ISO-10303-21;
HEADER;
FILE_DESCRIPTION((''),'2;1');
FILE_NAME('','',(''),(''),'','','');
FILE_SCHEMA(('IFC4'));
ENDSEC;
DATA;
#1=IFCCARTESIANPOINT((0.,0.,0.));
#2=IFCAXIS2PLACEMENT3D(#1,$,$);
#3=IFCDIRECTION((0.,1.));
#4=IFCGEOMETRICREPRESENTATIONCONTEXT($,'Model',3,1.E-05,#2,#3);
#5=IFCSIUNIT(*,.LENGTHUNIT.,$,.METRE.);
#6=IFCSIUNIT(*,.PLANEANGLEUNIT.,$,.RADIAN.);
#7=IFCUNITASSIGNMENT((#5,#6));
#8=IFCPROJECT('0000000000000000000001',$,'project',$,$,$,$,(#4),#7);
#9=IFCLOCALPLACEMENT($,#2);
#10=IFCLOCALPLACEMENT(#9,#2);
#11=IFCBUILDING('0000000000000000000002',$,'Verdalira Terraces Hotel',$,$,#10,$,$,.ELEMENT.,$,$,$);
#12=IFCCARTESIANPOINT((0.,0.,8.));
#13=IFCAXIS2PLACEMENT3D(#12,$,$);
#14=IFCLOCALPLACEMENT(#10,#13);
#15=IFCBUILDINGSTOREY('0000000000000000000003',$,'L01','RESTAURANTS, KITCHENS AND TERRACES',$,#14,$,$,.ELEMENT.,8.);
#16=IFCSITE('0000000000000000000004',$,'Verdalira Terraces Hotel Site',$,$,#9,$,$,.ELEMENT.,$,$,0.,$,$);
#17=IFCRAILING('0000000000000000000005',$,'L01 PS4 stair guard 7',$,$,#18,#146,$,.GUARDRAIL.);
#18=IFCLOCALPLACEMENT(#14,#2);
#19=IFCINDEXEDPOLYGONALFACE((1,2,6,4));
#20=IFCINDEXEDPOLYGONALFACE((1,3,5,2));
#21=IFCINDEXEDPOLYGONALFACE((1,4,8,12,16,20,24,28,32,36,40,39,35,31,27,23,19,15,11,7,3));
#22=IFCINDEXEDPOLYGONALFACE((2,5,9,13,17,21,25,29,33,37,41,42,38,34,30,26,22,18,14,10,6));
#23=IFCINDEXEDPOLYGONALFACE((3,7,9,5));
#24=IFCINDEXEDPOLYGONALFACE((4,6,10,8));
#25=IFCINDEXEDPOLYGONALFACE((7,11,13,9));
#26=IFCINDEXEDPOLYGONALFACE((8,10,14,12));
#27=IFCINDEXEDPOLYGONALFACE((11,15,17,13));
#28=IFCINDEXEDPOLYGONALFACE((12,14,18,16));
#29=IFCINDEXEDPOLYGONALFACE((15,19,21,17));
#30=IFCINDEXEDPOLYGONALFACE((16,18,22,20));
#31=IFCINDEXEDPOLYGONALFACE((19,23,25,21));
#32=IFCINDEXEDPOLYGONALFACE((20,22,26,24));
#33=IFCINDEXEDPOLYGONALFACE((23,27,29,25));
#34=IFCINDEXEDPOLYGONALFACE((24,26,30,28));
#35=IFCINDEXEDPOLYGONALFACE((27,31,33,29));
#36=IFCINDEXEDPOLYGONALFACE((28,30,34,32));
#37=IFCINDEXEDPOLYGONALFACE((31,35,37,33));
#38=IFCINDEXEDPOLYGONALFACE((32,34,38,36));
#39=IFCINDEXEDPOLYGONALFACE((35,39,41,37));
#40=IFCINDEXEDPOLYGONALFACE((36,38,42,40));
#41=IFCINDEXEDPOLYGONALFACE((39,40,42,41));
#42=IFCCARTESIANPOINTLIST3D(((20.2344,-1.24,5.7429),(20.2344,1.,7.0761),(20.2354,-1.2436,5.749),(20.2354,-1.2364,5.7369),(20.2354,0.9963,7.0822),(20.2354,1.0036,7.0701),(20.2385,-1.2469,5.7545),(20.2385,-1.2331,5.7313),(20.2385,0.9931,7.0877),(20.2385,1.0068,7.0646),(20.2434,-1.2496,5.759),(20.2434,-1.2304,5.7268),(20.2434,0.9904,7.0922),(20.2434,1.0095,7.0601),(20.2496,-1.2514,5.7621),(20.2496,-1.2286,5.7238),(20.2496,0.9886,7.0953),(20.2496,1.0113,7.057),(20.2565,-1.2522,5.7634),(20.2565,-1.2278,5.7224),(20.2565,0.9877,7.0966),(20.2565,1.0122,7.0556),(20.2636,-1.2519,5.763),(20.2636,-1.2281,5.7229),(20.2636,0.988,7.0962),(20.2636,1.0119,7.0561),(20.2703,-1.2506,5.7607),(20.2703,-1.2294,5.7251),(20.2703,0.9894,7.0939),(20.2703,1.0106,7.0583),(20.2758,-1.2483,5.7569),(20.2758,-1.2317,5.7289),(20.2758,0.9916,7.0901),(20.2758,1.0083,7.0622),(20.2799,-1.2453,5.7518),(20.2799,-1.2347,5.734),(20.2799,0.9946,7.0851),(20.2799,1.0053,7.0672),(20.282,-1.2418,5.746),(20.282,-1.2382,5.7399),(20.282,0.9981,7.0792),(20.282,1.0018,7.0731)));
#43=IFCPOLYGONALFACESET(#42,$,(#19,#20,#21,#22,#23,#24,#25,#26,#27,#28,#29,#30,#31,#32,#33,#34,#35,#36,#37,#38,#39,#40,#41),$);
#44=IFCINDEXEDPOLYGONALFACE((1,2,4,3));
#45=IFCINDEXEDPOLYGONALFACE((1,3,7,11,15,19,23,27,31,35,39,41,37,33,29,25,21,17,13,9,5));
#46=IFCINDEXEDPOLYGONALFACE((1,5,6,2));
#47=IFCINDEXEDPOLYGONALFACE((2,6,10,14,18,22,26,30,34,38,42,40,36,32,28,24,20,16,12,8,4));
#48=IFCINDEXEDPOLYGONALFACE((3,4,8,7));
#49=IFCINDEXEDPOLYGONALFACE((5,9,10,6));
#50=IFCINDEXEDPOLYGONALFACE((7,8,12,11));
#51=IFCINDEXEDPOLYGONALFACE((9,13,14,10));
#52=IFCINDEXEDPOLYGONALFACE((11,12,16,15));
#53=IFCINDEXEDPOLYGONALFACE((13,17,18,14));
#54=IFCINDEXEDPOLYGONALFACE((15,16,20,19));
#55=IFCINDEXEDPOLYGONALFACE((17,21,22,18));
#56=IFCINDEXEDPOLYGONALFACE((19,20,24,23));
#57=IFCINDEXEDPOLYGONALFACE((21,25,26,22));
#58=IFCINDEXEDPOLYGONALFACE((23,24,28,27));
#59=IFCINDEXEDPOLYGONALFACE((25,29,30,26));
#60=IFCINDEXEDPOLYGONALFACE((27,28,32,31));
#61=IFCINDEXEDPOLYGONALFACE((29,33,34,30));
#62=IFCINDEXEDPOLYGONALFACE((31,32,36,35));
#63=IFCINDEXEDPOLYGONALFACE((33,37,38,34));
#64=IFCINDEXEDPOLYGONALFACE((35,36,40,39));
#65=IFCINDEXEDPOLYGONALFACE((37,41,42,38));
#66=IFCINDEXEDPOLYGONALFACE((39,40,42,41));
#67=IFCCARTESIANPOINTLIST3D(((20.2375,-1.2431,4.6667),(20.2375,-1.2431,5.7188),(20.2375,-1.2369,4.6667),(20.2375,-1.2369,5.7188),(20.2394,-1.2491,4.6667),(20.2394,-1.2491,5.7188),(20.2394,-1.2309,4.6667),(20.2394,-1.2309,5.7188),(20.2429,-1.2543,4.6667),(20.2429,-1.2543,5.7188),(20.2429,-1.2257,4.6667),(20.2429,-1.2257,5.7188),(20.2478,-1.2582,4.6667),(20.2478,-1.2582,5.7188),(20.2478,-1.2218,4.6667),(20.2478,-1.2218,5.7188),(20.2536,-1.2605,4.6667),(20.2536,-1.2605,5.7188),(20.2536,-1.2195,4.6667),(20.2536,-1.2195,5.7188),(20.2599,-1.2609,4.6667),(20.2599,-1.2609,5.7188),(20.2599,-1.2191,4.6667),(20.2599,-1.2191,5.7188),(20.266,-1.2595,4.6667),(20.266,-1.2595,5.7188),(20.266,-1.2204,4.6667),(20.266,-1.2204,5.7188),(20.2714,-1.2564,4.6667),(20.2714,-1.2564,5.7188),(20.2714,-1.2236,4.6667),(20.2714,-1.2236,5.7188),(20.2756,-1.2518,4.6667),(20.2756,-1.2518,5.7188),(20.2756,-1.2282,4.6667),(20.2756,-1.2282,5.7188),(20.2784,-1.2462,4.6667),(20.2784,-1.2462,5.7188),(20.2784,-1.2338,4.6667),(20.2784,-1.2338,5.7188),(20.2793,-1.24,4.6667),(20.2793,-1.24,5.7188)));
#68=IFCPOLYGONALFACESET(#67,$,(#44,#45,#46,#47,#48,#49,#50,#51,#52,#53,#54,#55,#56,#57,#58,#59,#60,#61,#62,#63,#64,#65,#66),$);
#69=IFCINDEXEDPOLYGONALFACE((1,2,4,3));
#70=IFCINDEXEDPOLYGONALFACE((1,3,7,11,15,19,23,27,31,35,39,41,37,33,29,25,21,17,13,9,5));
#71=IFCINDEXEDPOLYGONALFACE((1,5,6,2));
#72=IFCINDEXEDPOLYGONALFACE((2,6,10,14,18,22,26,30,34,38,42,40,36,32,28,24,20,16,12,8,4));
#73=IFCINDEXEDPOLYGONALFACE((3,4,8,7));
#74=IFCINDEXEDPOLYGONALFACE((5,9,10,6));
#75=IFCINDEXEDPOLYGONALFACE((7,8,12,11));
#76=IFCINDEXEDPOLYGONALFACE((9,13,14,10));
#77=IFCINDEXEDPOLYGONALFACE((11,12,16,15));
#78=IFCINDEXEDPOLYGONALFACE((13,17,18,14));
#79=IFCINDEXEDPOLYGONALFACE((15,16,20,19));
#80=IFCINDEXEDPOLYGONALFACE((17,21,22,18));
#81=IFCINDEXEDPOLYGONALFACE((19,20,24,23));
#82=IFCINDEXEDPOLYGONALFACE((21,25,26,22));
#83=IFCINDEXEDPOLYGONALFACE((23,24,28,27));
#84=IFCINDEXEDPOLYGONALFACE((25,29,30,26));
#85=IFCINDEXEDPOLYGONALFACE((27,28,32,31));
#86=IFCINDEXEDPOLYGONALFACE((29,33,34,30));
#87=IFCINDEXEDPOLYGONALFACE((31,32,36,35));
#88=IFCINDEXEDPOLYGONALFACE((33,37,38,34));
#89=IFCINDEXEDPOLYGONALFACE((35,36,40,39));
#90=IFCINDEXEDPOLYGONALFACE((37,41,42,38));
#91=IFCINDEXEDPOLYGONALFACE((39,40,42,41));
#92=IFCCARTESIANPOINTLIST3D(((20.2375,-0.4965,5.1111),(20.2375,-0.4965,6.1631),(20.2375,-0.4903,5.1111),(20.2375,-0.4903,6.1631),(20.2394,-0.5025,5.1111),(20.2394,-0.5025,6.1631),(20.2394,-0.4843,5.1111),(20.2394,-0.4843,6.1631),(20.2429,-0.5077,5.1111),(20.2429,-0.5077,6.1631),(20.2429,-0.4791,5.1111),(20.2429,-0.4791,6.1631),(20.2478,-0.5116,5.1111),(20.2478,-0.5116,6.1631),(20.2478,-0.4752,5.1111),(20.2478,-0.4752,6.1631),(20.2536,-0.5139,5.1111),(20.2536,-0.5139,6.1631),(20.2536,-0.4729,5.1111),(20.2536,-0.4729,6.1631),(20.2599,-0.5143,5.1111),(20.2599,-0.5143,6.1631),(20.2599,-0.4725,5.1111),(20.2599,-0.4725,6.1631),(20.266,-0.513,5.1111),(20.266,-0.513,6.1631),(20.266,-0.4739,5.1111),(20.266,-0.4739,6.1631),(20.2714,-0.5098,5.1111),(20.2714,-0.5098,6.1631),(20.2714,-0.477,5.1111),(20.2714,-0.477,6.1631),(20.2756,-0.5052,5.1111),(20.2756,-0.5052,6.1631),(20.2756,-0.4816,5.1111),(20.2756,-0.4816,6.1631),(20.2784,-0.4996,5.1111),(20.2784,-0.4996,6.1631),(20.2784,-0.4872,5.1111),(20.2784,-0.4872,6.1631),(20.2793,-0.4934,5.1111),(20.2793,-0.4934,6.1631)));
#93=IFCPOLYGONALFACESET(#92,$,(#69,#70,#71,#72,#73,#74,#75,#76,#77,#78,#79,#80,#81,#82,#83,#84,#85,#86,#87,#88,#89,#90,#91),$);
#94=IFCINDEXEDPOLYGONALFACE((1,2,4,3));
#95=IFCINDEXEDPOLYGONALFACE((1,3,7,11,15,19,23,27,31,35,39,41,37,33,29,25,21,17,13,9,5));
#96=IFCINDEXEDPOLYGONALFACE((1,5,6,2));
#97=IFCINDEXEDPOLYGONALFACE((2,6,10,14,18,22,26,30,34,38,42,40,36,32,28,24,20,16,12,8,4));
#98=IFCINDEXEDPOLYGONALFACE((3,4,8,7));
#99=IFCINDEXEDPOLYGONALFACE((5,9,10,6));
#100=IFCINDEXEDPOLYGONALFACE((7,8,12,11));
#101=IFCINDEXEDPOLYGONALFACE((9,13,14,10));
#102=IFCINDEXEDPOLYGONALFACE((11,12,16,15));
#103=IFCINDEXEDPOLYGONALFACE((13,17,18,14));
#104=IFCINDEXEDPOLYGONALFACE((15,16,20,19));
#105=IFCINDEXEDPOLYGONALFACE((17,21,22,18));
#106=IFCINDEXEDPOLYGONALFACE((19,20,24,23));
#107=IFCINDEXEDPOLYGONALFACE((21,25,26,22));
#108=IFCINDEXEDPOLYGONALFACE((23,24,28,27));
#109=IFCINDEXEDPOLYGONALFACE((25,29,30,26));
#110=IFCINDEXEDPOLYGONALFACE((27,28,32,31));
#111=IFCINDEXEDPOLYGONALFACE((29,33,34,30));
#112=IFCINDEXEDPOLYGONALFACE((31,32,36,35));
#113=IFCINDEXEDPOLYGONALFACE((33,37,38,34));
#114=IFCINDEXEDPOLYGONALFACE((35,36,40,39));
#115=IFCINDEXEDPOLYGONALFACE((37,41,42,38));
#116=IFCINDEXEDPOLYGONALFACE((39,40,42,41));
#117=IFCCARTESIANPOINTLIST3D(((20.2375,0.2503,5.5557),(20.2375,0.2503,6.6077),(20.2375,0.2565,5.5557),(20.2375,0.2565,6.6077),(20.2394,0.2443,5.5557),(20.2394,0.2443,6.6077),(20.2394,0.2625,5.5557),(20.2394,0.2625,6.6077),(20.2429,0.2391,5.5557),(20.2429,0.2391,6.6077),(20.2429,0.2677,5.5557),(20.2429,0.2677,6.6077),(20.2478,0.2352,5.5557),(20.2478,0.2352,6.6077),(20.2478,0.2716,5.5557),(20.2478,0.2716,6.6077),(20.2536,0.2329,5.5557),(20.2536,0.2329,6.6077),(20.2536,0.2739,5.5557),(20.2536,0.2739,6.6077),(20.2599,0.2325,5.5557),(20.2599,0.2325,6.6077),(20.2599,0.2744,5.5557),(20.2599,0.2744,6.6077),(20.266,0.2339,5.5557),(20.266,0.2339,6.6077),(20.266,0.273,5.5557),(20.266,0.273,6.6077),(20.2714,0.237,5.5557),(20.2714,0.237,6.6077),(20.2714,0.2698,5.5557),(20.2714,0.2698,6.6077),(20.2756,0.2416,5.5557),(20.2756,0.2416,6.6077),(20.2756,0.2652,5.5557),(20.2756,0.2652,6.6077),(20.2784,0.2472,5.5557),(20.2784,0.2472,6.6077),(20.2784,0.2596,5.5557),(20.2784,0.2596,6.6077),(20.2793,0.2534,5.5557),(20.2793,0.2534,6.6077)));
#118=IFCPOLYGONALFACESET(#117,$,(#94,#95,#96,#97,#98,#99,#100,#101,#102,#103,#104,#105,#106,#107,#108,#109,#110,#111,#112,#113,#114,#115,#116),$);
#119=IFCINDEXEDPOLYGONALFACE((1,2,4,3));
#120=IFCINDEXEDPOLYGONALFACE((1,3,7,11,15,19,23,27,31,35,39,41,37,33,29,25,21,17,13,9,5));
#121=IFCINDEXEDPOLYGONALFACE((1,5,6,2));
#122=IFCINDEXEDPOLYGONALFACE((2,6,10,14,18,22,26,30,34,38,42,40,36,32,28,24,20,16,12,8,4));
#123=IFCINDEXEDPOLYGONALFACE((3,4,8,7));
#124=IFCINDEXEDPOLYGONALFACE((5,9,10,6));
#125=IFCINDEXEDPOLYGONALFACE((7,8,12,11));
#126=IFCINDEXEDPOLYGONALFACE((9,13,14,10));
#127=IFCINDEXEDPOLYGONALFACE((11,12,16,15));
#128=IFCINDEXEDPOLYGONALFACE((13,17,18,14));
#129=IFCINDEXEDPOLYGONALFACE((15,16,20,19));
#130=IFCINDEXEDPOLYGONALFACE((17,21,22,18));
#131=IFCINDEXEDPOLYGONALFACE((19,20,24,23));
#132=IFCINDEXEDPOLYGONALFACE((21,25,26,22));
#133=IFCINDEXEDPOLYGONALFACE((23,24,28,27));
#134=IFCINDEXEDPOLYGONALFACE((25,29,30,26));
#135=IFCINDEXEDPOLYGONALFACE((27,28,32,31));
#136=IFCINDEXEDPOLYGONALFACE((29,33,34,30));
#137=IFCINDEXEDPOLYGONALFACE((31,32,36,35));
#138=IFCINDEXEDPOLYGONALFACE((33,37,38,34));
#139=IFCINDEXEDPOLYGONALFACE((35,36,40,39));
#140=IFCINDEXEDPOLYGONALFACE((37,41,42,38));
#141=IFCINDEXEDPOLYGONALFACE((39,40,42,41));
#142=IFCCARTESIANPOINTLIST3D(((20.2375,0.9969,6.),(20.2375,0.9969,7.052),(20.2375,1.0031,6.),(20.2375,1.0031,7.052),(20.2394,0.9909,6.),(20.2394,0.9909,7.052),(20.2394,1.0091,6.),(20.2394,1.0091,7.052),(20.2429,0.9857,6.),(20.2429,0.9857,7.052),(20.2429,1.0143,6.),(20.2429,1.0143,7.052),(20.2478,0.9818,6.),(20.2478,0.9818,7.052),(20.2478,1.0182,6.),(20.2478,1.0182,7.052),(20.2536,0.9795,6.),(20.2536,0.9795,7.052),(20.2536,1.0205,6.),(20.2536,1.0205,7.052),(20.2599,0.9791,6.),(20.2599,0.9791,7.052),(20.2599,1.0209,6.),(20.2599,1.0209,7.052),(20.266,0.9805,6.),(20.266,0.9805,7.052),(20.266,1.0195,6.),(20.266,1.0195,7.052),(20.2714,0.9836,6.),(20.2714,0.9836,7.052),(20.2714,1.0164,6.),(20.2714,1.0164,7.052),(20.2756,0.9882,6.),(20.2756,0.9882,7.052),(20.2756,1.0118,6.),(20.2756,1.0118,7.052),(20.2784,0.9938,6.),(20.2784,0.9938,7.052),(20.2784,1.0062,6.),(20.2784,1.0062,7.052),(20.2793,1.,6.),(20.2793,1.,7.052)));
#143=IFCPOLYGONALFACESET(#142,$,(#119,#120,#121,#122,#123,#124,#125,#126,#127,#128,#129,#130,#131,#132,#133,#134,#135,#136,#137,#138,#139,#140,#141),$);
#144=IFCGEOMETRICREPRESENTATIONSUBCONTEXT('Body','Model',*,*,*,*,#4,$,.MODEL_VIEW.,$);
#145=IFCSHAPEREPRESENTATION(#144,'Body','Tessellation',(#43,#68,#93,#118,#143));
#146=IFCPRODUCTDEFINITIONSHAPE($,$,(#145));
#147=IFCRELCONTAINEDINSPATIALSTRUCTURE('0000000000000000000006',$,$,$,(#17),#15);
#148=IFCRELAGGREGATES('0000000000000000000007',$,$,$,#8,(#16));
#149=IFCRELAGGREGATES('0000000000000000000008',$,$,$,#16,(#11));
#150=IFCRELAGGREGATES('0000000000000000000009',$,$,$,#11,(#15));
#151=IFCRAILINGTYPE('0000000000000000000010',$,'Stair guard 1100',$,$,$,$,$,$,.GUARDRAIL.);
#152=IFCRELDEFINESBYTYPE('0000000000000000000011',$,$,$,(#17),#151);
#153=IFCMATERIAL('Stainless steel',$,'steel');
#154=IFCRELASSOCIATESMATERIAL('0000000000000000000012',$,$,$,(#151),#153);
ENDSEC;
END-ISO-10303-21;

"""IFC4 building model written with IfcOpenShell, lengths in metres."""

from ifc_helpers import new_model, si_unit, direction, frame, origin, origin_2d, place, context, subcontext, project, spatial, circle, extrude, material, type_object, element, save


model = new_model("IFC4")

# Units and contexts
model_context = context("Model", 3, precision=1e-05, world=origin(), true_north=direction((0.0, 1.0)))
body_context = subcontext(model_context, "Body", "Model", "MODEL_VIEW")
ifc_project = project(units=[si_unit("LENGTHUNIT", "METRE"), si_unit("PLANEANGLEUNIT", "RADIAN")], contexts=[model_context])

# Site, building, storey
site_placement = place(None, origin())
site = spatial("IfcSite", under=ifc_project, at=site_placement, Name="Verdalira Terraces Hotel Site", CompositionType="ELEMENT", RefElevation=0.0)
building_placement = place(site_placement, origin())
building = spatial("IfcBuilding", under=site, at=building_placement, Name="Verdalira Terraces Hotel", CompositionType="ELEMENT")
storey_placement = place(building_placement, frame((0.0, 0.0, 8.0)))
storey = spatial("IfcBuildingStorey", under=building, at=storey_placement, Name="L01", Description="RESTAURANTS, KITCHENS AND TERRACES", CompositionType="ELEMENT", Elevation=8.0)

# Railing
ifc_material_1 = material(Name="Stainless steel", Category="steel")
railing_type = type_object("IfcRailingType", Name="Stair guard 1100", PredefinedType="GUARDRAIL", material=ifc_material_1)
railing_1_placement = place(storey_placement, frame((20.2583, -1.24, 4.6667)))
element("IfcRailing", 1, at=railing_1_placement, inside=storey, type_object=railing_type, Name="L01 PS4 stair guard 7", PredefinedType="GUARDRAIL", context=body_context, shape_type="SweptSolid", body=[
    extrude(circle(Radius=0.0239, at=origin_2d()), frame((0.0, 0.0, 1.0762), z_axis=(0.0, 0.859306, 0.511462), x_axis=(-1.0, 0.0, 0.0)), (0.0, 0.0, 1.0), 2.6067),
    extrude(circle(Radius=0.021, at=origin_2d()), origin(), (0.0, 0.0, 1.0), 1.052),
    extrude(circle(Radius=0.021, at=origin_2d()), frame((0.0, 0.7466, 0.4443)), (0.0, 0.0, 1.0), 1.052),
    extrude(circle(Radius=0.021, at=origin_2d()), frame((0.0, 1.4934, 0.8889)), (0.0, 0.0, 1.0), 1.052),
    extrude(circle(Radius=0.021, at=origin_2d()), frame((0.0, 2.24, 1.3333)), (0.0, 0.0, 1.0), 1.052),
])

save(model, "model.ifc")
